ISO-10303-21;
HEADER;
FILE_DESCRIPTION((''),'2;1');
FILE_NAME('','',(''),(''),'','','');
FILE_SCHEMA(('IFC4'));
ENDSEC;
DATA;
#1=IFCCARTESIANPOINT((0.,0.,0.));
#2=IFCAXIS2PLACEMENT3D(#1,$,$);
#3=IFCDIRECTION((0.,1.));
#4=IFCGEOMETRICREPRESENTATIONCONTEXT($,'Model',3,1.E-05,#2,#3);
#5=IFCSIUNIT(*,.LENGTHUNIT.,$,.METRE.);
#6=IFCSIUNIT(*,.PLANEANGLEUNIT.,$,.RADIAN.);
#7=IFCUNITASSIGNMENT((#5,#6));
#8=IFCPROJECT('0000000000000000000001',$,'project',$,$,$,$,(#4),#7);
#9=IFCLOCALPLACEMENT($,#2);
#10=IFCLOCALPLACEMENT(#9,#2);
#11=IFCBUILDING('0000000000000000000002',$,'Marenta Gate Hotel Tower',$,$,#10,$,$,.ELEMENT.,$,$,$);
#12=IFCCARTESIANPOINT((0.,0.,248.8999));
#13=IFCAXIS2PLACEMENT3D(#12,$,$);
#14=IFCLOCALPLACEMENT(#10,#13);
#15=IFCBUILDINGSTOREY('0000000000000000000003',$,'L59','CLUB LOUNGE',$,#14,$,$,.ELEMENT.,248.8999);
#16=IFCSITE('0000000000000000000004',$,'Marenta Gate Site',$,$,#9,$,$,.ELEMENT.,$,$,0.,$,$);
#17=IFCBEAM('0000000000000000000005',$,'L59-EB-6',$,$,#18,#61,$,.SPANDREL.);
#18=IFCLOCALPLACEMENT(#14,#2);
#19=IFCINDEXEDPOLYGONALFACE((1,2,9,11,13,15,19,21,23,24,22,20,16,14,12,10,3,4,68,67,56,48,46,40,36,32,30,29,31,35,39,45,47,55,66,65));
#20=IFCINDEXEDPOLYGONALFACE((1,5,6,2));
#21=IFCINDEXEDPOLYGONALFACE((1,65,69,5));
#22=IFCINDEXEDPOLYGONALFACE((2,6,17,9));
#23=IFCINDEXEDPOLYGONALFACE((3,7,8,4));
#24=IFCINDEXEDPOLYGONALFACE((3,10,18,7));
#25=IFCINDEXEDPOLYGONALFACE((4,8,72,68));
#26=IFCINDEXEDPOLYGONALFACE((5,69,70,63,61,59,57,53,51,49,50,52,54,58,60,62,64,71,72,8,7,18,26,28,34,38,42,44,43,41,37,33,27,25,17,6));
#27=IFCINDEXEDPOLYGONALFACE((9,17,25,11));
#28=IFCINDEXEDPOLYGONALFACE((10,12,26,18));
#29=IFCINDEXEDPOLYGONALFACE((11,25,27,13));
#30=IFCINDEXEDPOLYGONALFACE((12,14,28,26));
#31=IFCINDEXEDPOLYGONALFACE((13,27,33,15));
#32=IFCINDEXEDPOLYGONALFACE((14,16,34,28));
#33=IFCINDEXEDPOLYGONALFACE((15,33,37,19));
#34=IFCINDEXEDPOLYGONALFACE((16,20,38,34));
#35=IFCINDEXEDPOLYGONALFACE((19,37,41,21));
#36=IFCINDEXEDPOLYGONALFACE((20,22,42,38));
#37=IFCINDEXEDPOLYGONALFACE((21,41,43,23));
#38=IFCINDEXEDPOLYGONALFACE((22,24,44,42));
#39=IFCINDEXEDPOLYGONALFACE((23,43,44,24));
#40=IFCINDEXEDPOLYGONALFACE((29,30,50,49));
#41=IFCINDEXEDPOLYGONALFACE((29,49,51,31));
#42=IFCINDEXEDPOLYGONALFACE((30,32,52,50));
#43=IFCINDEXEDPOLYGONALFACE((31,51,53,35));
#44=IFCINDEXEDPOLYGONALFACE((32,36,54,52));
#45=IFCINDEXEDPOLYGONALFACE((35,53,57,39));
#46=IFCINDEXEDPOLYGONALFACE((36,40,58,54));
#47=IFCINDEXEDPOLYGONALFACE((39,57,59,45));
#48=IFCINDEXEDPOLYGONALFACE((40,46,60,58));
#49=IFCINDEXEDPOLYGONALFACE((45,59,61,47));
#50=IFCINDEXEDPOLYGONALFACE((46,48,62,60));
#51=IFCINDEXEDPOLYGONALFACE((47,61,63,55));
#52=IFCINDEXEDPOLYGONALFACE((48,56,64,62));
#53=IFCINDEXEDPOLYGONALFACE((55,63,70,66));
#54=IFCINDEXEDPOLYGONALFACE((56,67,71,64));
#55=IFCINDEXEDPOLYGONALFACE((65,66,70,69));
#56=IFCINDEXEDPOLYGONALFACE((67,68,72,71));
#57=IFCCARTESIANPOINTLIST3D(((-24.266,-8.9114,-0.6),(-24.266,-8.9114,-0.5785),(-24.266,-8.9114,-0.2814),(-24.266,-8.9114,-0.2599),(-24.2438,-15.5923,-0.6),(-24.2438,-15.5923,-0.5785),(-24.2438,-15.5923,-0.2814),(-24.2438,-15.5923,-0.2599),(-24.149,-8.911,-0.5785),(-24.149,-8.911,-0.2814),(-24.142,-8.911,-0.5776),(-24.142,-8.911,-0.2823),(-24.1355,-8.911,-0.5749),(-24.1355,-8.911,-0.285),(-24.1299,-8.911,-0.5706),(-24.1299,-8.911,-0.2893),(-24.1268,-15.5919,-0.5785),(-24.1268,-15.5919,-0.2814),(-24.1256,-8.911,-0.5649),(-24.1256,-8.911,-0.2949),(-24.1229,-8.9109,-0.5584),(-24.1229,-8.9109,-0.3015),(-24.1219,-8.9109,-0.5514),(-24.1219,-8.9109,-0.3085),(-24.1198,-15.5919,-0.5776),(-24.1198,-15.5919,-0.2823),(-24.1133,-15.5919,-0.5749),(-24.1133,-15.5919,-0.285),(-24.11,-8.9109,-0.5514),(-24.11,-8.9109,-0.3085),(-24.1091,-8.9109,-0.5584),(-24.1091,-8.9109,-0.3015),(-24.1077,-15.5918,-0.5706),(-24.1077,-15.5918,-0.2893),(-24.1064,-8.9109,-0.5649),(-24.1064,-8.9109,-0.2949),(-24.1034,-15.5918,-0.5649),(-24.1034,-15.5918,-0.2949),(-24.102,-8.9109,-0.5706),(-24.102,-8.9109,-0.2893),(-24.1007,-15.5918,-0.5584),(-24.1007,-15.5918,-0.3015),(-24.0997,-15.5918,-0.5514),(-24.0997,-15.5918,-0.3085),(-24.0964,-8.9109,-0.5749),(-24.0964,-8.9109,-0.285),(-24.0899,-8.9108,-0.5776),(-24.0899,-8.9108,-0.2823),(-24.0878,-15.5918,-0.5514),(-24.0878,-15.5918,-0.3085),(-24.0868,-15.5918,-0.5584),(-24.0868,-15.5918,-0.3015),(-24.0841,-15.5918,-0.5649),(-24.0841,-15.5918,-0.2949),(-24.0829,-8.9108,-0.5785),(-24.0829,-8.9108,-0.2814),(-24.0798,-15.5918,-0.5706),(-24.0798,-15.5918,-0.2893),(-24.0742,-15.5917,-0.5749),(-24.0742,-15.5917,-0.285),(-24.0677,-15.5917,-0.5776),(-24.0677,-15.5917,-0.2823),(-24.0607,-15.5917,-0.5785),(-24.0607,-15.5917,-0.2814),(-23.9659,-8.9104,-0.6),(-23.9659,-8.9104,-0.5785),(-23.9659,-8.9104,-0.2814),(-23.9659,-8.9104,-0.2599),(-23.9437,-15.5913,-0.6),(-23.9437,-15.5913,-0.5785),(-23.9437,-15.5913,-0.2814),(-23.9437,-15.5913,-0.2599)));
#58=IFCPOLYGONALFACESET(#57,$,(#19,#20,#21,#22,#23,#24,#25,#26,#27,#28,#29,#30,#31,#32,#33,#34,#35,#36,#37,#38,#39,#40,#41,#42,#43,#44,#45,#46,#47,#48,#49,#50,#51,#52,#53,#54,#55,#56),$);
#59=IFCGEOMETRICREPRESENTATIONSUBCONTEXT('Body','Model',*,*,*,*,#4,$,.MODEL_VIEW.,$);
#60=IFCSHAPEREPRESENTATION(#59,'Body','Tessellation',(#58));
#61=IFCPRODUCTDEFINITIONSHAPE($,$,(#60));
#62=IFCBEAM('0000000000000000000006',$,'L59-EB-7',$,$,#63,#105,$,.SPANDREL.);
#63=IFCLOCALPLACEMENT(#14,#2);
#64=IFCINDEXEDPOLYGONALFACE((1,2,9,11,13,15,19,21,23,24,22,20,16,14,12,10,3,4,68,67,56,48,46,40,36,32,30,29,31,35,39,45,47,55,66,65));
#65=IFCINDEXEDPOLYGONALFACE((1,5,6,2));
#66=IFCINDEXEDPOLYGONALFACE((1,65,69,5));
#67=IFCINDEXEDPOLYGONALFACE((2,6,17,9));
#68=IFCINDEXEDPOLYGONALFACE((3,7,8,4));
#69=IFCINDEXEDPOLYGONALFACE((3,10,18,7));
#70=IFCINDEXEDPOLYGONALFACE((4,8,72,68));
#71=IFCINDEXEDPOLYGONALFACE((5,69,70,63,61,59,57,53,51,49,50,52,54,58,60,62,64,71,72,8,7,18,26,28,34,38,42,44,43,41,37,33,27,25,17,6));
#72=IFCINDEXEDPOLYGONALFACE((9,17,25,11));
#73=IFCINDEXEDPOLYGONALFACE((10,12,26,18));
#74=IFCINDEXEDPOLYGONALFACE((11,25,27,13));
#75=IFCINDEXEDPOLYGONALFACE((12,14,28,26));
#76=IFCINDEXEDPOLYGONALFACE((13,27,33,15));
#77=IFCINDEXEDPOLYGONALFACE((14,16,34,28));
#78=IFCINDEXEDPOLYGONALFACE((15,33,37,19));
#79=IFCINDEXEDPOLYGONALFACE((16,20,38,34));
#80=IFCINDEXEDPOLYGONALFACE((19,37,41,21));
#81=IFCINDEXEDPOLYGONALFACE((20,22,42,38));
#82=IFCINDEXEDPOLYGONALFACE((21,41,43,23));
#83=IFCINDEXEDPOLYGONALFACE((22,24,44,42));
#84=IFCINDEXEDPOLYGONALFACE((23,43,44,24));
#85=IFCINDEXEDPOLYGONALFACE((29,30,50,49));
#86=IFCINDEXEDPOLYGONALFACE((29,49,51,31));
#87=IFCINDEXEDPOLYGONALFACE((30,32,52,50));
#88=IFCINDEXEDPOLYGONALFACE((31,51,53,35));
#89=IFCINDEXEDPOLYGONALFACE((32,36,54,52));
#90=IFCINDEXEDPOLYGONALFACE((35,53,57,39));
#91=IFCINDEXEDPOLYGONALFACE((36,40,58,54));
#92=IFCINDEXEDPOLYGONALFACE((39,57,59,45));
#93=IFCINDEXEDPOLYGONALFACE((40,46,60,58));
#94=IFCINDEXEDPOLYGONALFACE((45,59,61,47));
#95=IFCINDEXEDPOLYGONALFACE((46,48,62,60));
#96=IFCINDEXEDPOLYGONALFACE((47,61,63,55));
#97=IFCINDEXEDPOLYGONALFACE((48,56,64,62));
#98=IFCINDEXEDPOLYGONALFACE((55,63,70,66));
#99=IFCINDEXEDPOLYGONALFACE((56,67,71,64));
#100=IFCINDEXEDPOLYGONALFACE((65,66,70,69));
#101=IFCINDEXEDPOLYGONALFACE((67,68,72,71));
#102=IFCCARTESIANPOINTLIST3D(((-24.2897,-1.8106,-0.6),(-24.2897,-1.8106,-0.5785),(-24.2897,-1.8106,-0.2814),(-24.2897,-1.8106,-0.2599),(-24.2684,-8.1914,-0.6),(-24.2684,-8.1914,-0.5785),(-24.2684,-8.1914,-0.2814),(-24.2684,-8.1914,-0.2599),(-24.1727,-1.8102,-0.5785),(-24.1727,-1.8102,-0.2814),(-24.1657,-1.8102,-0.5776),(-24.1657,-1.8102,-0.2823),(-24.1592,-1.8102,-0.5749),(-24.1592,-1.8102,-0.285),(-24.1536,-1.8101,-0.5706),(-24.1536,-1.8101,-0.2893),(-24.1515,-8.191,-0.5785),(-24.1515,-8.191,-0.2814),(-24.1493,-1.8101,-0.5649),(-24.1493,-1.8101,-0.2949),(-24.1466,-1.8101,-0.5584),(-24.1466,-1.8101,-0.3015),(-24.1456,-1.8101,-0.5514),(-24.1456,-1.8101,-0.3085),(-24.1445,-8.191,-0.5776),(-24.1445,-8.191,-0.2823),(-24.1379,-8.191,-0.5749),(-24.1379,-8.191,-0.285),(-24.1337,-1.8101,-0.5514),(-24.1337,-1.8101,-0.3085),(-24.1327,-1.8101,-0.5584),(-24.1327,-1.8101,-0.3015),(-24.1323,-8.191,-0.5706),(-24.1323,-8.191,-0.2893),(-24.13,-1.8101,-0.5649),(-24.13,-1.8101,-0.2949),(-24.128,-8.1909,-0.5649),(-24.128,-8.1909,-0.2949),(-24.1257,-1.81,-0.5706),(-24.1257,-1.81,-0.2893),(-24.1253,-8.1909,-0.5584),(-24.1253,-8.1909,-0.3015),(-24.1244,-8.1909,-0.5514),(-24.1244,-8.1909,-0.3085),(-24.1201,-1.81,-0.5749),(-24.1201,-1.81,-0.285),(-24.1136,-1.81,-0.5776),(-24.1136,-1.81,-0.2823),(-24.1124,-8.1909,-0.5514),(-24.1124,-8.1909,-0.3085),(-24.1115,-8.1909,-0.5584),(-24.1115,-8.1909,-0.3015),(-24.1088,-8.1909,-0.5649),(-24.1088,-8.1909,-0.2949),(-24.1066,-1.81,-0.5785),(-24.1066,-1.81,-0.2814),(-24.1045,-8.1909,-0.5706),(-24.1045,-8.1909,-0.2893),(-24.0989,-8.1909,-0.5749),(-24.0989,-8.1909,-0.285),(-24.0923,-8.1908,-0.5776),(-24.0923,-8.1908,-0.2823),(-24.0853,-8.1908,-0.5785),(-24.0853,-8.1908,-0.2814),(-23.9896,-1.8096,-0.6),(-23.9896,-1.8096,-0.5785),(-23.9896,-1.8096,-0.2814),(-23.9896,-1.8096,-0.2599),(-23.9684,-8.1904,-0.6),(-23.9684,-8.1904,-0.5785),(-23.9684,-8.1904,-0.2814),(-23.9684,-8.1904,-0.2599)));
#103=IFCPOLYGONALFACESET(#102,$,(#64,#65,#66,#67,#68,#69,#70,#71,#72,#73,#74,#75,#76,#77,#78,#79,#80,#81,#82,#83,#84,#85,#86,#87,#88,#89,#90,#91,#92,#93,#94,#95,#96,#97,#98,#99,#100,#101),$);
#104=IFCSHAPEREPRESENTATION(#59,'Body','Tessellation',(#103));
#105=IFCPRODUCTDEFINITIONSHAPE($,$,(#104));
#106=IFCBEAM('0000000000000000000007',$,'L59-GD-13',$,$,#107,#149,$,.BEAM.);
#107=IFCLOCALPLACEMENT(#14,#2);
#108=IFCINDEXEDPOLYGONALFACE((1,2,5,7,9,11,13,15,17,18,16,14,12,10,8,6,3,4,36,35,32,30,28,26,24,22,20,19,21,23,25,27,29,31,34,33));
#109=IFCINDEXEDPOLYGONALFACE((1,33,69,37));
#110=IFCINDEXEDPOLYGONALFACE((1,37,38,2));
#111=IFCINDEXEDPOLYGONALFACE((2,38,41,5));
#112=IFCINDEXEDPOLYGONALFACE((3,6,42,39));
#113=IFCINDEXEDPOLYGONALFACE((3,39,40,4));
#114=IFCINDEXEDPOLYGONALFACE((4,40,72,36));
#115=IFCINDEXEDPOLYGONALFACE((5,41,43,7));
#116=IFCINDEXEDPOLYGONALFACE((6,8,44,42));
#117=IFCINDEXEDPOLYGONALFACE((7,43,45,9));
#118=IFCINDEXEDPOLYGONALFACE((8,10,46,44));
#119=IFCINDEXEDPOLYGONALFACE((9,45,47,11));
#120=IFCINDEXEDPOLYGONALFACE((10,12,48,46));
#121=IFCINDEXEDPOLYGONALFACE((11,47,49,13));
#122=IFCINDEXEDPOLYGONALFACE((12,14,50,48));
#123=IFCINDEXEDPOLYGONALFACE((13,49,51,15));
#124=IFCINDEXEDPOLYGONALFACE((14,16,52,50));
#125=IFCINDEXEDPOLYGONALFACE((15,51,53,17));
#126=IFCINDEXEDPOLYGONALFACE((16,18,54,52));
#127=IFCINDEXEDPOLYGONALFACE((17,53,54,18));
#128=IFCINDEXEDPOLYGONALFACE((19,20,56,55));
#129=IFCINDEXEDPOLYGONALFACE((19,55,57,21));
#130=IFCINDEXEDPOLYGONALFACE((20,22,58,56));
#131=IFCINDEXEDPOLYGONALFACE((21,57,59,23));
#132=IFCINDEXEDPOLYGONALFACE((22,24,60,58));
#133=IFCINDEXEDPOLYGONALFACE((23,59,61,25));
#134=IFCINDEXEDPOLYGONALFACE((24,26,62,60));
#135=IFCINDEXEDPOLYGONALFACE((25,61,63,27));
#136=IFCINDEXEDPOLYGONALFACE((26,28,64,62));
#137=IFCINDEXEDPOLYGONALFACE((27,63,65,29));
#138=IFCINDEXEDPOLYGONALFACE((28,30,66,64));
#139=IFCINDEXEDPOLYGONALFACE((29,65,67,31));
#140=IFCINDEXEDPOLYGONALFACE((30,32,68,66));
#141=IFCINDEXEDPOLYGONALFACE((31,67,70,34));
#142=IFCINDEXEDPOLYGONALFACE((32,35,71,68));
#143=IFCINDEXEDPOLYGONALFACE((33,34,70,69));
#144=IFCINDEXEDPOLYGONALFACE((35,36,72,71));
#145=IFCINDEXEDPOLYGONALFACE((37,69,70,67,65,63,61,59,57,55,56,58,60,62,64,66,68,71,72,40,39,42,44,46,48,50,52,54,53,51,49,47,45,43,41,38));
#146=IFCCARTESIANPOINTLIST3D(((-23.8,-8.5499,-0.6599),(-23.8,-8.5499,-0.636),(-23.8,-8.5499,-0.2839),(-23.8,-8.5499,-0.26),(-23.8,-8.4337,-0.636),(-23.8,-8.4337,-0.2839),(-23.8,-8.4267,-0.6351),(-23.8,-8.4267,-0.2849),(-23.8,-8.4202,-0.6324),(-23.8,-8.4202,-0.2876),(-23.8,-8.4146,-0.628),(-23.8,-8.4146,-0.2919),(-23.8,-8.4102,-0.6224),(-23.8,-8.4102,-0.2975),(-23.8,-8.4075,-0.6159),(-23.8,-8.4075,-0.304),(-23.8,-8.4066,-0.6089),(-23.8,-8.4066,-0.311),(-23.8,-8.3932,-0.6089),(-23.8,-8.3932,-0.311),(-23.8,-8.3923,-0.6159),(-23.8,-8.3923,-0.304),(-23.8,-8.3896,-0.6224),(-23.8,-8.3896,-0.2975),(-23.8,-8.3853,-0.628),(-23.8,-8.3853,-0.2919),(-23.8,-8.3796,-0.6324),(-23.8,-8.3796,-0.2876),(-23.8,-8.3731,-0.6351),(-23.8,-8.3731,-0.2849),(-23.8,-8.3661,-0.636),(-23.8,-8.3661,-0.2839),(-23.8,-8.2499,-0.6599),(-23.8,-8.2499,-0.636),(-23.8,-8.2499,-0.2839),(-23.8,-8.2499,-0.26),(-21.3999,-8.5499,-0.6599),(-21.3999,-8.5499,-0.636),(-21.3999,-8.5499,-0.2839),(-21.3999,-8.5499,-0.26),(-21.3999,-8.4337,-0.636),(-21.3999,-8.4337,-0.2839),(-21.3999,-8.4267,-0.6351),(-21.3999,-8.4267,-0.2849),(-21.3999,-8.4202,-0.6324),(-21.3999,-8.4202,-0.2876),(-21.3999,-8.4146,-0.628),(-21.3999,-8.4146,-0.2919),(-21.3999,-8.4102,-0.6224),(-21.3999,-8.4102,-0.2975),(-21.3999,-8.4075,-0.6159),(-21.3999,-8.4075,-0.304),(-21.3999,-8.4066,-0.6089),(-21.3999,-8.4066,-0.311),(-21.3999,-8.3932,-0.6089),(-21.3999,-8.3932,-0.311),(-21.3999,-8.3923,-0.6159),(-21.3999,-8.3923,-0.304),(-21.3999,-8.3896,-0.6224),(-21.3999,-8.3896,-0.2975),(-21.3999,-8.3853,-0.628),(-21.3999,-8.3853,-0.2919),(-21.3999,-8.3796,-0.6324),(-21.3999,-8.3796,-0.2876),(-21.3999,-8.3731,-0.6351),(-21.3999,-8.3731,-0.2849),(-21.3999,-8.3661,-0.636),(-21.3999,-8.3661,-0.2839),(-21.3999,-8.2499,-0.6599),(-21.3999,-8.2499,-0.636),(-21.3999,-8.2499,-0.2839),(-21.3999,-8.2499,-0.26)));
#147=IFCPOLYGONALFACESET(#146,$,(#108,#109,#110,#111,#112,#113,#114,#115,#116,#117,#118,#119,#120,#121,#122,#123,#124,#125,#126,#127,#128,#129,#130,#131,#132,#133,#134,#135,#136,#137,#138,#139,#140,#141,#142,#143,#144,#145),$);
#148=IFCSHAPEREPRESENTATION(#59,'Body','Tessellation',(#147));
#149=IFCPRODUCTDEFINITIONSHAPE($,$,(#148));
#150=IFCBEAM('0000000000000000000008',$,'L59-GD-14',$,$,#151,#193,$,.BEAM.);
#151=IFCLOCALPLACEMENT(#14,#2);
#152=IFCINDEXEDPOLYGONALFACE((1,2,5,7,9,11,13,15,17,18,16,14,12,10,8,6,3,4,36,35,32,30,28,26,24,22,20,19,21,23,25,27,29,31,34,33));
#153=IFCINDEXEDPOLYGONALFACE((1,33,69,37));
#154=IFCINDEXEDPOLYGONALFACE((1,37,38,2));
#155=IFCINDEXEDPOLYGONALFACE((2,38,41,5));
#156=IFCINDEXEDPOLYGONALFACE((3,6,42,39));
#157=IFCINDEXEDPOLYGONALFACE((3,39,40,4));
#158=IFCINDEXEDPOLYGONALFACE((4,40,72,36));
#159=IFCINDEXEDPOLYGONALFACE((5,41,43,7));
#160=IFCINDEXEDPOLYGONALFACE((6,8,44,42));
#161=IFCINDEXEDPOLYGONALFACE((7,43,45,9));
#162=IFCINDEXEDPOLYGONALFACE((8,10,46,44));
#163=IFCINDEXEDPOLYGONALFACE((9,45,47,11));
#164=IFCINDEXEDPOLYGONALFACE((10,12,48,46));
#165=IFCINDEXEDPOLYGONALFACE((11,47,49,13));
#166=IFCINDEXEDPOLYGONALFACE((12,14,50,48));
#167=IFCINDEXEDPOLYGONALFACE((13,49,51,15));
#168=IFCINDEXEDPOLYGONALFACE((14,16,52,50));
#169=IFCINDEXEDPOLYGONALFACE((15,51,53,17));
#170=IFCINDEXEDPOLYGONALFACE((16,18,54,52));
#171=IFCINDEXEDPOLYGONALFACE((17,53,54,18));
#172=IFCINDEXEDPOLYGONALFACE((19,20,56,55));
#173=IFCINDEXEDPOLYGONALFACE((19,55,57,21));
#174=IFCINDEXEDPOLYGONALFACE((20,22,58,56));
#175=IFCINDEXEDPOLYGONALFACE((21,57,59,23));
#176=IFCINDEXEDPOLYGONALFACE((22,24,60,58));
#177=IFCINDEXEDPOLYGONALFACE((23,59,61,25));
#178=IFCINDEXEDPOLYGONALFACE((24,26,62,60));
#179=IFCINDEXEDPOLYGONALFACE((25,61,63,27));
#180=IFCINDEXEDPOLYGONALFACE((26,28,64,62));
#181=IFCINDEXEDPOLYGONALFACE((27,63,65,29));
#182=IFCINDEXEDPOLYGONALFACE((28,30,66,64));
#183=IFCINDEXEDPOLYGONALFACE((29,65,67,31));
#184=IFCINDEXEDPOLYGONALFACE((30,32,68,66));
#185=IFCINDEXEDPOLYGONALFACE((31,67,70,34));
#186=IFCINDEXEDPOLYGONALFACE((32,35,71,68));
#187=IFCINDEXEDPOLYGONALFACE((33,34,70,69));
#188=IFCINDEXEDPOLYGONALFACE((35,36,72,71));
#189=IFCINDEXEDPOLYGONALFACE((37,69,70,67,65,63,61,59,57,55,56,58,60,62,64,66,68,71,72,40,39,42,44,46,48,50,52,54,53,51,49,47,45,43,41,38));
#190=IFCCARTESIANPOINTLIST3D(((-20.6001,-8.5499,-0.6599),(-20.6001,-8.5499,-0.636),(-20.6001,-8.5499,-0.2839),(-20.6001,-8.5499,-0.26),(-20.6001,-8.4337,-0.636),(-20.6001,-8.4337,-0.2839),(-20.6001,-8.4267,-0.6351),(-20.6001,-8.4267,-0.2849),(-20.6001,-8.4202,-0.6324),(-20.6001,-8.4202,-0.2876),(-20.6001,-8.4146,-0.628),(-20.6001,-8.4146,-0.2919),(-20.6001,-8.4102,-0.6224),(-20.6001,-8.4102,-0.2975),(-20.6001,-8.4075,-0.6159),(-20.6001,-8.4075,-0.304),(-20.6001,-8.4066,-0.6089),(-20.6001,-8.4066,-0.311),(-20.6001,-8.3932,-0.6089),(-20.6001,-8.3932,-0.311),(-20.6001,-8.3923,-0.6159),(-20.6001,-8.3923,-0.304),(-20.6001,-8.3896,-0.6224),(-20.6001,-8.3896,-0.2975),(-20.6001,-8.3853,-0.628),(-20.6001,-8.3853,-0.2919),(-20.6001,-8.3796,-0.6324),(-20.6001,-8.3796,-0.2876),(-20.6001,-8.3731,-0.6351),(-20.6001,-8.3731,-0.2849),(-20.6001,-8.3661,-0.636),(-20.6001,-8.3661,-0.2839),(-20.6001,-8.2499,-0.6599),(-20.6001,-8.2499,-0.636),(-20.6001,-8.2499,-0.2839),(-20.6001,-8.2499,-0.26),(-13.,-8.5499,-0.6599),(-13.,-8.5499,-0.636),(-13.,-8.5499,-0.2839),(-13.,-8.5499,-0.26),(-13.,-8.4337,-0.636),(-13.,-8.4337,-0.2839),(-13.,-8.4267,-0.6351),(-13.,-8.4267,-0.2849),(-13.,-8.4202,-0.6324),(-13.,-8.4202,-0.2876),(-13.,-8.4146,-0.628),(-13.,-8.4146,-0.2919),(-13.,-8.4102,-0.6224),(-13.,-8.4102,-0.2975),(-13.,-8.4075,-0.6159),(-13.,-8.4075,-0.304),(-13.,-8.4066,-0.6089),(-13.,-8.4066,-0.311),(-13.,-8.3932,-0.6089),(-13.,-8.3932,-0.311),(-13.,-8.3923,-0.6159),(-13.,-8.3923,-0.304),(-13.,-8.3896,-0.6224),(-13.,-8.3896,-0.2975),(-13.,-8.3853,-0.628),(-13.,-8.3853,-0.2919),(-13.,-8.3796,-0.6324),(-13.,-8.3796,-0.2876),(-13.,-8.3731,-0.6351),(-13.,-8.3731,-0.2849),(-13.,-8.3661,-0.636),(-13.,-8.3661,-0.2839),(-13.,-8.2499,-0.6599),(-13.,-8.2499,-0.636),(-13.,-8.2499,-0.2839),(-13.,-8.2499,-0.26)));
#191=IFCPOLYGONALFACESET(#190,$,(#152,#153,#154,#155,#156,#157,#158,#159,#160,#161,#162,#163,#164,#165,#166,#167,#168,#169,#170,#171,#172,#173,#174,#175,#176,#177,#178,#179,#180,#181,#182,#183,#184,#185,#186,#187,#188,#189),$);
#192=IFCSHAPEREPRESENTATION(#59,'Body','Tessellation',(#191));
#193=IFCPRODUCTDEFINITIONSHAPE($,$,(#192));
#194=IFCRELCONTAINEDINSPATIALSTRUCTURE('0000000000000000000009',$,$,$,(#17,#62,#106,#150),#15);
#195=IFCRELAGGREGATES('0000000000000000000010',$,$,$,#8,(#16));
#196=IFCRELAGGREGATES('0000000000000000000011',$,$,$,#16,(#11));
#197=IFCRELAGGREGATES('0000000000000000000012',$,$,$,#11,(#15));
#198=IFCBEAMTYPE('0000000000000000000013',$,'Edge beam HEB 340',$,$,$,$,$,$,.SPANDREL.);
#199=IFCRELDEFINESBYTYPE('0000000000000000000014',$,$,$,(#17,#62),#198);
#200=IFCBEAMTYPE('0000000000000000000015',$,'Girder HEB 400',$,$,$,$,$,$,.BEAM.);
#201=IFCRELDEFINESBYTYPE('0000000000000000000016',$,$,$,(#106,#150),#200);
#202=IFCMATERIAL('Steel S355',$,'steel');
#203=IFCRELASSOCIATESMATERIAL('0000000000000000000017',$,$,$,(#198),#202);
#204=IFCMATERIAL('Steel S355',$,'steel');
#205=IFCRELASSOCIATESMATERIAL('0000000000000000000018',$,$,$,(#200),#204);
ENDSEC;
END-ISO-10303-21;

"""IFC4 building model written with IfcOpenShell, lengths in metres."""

from ifc_helpers import new_model, si_unit, direction, frame, origin, origin_2d, place, context, subcontext, project, spatial, i_section, extrude, material, material_profile, profile_set, type_object, element, save


model = new_model("IFC4")

# Units and contexts
model_context = context("Model", 3, precision=1e-05, world=origin(), true_north=direction((0.0, 1.0)))
body_context = subcontext(model_context, "Body", "Model", "MODEL_VIEW")
ifc_project = project(units=[si_unit("LENGTHUNIT", "METRE"), si_unit("PLANEANGLEUNIT", "RADIAN")], contexts=[model_context])

# Site, building, storey
site_placement = place(None, origin())
site = spatial("IfcSite", under=ifc_project, at=site_placement, Name="Marenta Gate Site", CompositionType="ELEMENT", RefElevation=0.0)
building_placement = place(site_placement, origin())
building = spatial("IfcBuilding", under=site, at=building_placement, Name="Marenta Gate Hotel Tower", CompositionType="ELEMENT")
storey_placement = place(building_placement, frame((0.0, 0.0, 248.8999)))
storey = spatial("IfcBuildingStorey", under=building, at=storey_placement, Name="L59", Description="CLUB LOUNGE", CompositionType="ELEMENT", Elevation=248.8999)

# Beams
ifc_material_1 = material(Name="Steel S355", Category="steel")
ifc_material_profile_1 = material_profile(ifc_material_1, i_section(OverallWidth=0.3, OverallDepth=0.3401, WebThickness=0.012, FlangeThickness=0.0215, FilletRadius=0.0271, at=origin_2d()), Name="HEB 340")
ifc_profile_set_1 = profile_set([ifc_material_profile_1], Name="Steel S355")
beam_type_1 = type_object("IfcBeamType", Name="Edge beam HEB 340", PredefinedType="SPANDREL", material=ifc_profile_set_1)
beam_1_placement = place(storey_placement, frame((-24.0938, -15.5918, -0.4299), z_axis=(-0.003325, 0.999994, 0.0), x_axis=(-0.999994, -0.003325, 0.0)))
element("IfcBeam", 1, at=beam_1_placement, inside=storey, type_object=beam_type_1, Name="L59-EB-6", PredefinedType="SPANDREL", context=body_context, shape_type="SweptSolid", body=[
    extrude(i_section(OverallWidth=0.3, OverallDepth=0.3401, WebThickness=0.012, FlangeThickness=0.0215, FilletRadius=0.0271, at=origin_2d()), origin(), (0.0, 0.0, 1.0), 6.6809),
])
beam_2_placement = place(storey_placement, frame((-24.1184, -8.1909, -0.4299), z_axis=(-0.003329, 0.999994, 0.0), x_axis=(-0.999994, -0.003329, 0.0)))
element("IfcBeam", 2, at=beam_2_placement, inside=storey, type_object=beam_type_1, Name="L59-EB-7", PredefinedType="SPANDREL", context=body_context, shape_type="SweptSolid", body=[
    extrude(i_section(OverallWidth=0.3, OverallDepth=0.3401, WebThickness=0.012, FlangeThickness=0.0215, FilletRadius=0.0271, at=origin_2d()), origin(), (0.0, 0.0, 1.0), 6.3809),
])
ifc_material_2 = material(Name="Steel S355", Category="steel")
ifc_material_profile_2 = material_profile(ifc_material_2, i_section(OverallWidth=0.3, OverallDepth=0.3999, WebThickness=0.0134, FlangeThickness=0.0239, FilletRadius=0.0271, at=origin_2d()), Name="HEB 400")
ifc_profile_set_2 = profile_set([ifc_material_profile_2], Name="Steel S355")
beam_type_2 = type_object("IfcBeamType", Name="Girder HEB 400", PredefinedType="BEAM", material=ifc_profile_set_2)
beam_3_placement = place(storey_placement, frame((-23.8, -8.3999, -0.46), z_axis=(1.0, 0.0, 0.0), x_axis=(0.0, 1.0, 0.0)))
element("IfcBeam", 3, at=beam_3_placement, inside=storey, type_object=beam_type_2, Name="L59-GD-13", PredefinedType="BEAM", context=body_context, shape_type="SweptSolid", body=[
    extrude(i_section(OverallWidth=0.3, OverallDepth=0.3999, WebThickness=0.0134, FlangeThickness=0.0239, FilletRadius=0.0271, at=origin_2d()), origin(), (0.0, 0.0, 1.0), 2.4001),
])
beam_4_placement = place(storey_placement, frame((-20.6001, -8.3999, -0.46), z_axis=(1.0, 0.0, 0.0), x_axis=(0.0, 1.0, 0.0)))
element("IfcBeam", 4, at=beam_4_placement, inside=storey, type_object=beam_type_2, Name="L59-GD-14", PredefinedType="BEAM", context=body_context, shape_type="SweptSolid", body=[
    extrude(i_section(OverallWidth=0.3, OverallDepth=0.3999, WebThickness=0.0134, FlangeThickness=0.0239, FilletRadius=0.0271, at=origin_2d()), origin(), (0.0, 0.0, 1.0), 7.6001),
])

save(model, "model.ifc")
